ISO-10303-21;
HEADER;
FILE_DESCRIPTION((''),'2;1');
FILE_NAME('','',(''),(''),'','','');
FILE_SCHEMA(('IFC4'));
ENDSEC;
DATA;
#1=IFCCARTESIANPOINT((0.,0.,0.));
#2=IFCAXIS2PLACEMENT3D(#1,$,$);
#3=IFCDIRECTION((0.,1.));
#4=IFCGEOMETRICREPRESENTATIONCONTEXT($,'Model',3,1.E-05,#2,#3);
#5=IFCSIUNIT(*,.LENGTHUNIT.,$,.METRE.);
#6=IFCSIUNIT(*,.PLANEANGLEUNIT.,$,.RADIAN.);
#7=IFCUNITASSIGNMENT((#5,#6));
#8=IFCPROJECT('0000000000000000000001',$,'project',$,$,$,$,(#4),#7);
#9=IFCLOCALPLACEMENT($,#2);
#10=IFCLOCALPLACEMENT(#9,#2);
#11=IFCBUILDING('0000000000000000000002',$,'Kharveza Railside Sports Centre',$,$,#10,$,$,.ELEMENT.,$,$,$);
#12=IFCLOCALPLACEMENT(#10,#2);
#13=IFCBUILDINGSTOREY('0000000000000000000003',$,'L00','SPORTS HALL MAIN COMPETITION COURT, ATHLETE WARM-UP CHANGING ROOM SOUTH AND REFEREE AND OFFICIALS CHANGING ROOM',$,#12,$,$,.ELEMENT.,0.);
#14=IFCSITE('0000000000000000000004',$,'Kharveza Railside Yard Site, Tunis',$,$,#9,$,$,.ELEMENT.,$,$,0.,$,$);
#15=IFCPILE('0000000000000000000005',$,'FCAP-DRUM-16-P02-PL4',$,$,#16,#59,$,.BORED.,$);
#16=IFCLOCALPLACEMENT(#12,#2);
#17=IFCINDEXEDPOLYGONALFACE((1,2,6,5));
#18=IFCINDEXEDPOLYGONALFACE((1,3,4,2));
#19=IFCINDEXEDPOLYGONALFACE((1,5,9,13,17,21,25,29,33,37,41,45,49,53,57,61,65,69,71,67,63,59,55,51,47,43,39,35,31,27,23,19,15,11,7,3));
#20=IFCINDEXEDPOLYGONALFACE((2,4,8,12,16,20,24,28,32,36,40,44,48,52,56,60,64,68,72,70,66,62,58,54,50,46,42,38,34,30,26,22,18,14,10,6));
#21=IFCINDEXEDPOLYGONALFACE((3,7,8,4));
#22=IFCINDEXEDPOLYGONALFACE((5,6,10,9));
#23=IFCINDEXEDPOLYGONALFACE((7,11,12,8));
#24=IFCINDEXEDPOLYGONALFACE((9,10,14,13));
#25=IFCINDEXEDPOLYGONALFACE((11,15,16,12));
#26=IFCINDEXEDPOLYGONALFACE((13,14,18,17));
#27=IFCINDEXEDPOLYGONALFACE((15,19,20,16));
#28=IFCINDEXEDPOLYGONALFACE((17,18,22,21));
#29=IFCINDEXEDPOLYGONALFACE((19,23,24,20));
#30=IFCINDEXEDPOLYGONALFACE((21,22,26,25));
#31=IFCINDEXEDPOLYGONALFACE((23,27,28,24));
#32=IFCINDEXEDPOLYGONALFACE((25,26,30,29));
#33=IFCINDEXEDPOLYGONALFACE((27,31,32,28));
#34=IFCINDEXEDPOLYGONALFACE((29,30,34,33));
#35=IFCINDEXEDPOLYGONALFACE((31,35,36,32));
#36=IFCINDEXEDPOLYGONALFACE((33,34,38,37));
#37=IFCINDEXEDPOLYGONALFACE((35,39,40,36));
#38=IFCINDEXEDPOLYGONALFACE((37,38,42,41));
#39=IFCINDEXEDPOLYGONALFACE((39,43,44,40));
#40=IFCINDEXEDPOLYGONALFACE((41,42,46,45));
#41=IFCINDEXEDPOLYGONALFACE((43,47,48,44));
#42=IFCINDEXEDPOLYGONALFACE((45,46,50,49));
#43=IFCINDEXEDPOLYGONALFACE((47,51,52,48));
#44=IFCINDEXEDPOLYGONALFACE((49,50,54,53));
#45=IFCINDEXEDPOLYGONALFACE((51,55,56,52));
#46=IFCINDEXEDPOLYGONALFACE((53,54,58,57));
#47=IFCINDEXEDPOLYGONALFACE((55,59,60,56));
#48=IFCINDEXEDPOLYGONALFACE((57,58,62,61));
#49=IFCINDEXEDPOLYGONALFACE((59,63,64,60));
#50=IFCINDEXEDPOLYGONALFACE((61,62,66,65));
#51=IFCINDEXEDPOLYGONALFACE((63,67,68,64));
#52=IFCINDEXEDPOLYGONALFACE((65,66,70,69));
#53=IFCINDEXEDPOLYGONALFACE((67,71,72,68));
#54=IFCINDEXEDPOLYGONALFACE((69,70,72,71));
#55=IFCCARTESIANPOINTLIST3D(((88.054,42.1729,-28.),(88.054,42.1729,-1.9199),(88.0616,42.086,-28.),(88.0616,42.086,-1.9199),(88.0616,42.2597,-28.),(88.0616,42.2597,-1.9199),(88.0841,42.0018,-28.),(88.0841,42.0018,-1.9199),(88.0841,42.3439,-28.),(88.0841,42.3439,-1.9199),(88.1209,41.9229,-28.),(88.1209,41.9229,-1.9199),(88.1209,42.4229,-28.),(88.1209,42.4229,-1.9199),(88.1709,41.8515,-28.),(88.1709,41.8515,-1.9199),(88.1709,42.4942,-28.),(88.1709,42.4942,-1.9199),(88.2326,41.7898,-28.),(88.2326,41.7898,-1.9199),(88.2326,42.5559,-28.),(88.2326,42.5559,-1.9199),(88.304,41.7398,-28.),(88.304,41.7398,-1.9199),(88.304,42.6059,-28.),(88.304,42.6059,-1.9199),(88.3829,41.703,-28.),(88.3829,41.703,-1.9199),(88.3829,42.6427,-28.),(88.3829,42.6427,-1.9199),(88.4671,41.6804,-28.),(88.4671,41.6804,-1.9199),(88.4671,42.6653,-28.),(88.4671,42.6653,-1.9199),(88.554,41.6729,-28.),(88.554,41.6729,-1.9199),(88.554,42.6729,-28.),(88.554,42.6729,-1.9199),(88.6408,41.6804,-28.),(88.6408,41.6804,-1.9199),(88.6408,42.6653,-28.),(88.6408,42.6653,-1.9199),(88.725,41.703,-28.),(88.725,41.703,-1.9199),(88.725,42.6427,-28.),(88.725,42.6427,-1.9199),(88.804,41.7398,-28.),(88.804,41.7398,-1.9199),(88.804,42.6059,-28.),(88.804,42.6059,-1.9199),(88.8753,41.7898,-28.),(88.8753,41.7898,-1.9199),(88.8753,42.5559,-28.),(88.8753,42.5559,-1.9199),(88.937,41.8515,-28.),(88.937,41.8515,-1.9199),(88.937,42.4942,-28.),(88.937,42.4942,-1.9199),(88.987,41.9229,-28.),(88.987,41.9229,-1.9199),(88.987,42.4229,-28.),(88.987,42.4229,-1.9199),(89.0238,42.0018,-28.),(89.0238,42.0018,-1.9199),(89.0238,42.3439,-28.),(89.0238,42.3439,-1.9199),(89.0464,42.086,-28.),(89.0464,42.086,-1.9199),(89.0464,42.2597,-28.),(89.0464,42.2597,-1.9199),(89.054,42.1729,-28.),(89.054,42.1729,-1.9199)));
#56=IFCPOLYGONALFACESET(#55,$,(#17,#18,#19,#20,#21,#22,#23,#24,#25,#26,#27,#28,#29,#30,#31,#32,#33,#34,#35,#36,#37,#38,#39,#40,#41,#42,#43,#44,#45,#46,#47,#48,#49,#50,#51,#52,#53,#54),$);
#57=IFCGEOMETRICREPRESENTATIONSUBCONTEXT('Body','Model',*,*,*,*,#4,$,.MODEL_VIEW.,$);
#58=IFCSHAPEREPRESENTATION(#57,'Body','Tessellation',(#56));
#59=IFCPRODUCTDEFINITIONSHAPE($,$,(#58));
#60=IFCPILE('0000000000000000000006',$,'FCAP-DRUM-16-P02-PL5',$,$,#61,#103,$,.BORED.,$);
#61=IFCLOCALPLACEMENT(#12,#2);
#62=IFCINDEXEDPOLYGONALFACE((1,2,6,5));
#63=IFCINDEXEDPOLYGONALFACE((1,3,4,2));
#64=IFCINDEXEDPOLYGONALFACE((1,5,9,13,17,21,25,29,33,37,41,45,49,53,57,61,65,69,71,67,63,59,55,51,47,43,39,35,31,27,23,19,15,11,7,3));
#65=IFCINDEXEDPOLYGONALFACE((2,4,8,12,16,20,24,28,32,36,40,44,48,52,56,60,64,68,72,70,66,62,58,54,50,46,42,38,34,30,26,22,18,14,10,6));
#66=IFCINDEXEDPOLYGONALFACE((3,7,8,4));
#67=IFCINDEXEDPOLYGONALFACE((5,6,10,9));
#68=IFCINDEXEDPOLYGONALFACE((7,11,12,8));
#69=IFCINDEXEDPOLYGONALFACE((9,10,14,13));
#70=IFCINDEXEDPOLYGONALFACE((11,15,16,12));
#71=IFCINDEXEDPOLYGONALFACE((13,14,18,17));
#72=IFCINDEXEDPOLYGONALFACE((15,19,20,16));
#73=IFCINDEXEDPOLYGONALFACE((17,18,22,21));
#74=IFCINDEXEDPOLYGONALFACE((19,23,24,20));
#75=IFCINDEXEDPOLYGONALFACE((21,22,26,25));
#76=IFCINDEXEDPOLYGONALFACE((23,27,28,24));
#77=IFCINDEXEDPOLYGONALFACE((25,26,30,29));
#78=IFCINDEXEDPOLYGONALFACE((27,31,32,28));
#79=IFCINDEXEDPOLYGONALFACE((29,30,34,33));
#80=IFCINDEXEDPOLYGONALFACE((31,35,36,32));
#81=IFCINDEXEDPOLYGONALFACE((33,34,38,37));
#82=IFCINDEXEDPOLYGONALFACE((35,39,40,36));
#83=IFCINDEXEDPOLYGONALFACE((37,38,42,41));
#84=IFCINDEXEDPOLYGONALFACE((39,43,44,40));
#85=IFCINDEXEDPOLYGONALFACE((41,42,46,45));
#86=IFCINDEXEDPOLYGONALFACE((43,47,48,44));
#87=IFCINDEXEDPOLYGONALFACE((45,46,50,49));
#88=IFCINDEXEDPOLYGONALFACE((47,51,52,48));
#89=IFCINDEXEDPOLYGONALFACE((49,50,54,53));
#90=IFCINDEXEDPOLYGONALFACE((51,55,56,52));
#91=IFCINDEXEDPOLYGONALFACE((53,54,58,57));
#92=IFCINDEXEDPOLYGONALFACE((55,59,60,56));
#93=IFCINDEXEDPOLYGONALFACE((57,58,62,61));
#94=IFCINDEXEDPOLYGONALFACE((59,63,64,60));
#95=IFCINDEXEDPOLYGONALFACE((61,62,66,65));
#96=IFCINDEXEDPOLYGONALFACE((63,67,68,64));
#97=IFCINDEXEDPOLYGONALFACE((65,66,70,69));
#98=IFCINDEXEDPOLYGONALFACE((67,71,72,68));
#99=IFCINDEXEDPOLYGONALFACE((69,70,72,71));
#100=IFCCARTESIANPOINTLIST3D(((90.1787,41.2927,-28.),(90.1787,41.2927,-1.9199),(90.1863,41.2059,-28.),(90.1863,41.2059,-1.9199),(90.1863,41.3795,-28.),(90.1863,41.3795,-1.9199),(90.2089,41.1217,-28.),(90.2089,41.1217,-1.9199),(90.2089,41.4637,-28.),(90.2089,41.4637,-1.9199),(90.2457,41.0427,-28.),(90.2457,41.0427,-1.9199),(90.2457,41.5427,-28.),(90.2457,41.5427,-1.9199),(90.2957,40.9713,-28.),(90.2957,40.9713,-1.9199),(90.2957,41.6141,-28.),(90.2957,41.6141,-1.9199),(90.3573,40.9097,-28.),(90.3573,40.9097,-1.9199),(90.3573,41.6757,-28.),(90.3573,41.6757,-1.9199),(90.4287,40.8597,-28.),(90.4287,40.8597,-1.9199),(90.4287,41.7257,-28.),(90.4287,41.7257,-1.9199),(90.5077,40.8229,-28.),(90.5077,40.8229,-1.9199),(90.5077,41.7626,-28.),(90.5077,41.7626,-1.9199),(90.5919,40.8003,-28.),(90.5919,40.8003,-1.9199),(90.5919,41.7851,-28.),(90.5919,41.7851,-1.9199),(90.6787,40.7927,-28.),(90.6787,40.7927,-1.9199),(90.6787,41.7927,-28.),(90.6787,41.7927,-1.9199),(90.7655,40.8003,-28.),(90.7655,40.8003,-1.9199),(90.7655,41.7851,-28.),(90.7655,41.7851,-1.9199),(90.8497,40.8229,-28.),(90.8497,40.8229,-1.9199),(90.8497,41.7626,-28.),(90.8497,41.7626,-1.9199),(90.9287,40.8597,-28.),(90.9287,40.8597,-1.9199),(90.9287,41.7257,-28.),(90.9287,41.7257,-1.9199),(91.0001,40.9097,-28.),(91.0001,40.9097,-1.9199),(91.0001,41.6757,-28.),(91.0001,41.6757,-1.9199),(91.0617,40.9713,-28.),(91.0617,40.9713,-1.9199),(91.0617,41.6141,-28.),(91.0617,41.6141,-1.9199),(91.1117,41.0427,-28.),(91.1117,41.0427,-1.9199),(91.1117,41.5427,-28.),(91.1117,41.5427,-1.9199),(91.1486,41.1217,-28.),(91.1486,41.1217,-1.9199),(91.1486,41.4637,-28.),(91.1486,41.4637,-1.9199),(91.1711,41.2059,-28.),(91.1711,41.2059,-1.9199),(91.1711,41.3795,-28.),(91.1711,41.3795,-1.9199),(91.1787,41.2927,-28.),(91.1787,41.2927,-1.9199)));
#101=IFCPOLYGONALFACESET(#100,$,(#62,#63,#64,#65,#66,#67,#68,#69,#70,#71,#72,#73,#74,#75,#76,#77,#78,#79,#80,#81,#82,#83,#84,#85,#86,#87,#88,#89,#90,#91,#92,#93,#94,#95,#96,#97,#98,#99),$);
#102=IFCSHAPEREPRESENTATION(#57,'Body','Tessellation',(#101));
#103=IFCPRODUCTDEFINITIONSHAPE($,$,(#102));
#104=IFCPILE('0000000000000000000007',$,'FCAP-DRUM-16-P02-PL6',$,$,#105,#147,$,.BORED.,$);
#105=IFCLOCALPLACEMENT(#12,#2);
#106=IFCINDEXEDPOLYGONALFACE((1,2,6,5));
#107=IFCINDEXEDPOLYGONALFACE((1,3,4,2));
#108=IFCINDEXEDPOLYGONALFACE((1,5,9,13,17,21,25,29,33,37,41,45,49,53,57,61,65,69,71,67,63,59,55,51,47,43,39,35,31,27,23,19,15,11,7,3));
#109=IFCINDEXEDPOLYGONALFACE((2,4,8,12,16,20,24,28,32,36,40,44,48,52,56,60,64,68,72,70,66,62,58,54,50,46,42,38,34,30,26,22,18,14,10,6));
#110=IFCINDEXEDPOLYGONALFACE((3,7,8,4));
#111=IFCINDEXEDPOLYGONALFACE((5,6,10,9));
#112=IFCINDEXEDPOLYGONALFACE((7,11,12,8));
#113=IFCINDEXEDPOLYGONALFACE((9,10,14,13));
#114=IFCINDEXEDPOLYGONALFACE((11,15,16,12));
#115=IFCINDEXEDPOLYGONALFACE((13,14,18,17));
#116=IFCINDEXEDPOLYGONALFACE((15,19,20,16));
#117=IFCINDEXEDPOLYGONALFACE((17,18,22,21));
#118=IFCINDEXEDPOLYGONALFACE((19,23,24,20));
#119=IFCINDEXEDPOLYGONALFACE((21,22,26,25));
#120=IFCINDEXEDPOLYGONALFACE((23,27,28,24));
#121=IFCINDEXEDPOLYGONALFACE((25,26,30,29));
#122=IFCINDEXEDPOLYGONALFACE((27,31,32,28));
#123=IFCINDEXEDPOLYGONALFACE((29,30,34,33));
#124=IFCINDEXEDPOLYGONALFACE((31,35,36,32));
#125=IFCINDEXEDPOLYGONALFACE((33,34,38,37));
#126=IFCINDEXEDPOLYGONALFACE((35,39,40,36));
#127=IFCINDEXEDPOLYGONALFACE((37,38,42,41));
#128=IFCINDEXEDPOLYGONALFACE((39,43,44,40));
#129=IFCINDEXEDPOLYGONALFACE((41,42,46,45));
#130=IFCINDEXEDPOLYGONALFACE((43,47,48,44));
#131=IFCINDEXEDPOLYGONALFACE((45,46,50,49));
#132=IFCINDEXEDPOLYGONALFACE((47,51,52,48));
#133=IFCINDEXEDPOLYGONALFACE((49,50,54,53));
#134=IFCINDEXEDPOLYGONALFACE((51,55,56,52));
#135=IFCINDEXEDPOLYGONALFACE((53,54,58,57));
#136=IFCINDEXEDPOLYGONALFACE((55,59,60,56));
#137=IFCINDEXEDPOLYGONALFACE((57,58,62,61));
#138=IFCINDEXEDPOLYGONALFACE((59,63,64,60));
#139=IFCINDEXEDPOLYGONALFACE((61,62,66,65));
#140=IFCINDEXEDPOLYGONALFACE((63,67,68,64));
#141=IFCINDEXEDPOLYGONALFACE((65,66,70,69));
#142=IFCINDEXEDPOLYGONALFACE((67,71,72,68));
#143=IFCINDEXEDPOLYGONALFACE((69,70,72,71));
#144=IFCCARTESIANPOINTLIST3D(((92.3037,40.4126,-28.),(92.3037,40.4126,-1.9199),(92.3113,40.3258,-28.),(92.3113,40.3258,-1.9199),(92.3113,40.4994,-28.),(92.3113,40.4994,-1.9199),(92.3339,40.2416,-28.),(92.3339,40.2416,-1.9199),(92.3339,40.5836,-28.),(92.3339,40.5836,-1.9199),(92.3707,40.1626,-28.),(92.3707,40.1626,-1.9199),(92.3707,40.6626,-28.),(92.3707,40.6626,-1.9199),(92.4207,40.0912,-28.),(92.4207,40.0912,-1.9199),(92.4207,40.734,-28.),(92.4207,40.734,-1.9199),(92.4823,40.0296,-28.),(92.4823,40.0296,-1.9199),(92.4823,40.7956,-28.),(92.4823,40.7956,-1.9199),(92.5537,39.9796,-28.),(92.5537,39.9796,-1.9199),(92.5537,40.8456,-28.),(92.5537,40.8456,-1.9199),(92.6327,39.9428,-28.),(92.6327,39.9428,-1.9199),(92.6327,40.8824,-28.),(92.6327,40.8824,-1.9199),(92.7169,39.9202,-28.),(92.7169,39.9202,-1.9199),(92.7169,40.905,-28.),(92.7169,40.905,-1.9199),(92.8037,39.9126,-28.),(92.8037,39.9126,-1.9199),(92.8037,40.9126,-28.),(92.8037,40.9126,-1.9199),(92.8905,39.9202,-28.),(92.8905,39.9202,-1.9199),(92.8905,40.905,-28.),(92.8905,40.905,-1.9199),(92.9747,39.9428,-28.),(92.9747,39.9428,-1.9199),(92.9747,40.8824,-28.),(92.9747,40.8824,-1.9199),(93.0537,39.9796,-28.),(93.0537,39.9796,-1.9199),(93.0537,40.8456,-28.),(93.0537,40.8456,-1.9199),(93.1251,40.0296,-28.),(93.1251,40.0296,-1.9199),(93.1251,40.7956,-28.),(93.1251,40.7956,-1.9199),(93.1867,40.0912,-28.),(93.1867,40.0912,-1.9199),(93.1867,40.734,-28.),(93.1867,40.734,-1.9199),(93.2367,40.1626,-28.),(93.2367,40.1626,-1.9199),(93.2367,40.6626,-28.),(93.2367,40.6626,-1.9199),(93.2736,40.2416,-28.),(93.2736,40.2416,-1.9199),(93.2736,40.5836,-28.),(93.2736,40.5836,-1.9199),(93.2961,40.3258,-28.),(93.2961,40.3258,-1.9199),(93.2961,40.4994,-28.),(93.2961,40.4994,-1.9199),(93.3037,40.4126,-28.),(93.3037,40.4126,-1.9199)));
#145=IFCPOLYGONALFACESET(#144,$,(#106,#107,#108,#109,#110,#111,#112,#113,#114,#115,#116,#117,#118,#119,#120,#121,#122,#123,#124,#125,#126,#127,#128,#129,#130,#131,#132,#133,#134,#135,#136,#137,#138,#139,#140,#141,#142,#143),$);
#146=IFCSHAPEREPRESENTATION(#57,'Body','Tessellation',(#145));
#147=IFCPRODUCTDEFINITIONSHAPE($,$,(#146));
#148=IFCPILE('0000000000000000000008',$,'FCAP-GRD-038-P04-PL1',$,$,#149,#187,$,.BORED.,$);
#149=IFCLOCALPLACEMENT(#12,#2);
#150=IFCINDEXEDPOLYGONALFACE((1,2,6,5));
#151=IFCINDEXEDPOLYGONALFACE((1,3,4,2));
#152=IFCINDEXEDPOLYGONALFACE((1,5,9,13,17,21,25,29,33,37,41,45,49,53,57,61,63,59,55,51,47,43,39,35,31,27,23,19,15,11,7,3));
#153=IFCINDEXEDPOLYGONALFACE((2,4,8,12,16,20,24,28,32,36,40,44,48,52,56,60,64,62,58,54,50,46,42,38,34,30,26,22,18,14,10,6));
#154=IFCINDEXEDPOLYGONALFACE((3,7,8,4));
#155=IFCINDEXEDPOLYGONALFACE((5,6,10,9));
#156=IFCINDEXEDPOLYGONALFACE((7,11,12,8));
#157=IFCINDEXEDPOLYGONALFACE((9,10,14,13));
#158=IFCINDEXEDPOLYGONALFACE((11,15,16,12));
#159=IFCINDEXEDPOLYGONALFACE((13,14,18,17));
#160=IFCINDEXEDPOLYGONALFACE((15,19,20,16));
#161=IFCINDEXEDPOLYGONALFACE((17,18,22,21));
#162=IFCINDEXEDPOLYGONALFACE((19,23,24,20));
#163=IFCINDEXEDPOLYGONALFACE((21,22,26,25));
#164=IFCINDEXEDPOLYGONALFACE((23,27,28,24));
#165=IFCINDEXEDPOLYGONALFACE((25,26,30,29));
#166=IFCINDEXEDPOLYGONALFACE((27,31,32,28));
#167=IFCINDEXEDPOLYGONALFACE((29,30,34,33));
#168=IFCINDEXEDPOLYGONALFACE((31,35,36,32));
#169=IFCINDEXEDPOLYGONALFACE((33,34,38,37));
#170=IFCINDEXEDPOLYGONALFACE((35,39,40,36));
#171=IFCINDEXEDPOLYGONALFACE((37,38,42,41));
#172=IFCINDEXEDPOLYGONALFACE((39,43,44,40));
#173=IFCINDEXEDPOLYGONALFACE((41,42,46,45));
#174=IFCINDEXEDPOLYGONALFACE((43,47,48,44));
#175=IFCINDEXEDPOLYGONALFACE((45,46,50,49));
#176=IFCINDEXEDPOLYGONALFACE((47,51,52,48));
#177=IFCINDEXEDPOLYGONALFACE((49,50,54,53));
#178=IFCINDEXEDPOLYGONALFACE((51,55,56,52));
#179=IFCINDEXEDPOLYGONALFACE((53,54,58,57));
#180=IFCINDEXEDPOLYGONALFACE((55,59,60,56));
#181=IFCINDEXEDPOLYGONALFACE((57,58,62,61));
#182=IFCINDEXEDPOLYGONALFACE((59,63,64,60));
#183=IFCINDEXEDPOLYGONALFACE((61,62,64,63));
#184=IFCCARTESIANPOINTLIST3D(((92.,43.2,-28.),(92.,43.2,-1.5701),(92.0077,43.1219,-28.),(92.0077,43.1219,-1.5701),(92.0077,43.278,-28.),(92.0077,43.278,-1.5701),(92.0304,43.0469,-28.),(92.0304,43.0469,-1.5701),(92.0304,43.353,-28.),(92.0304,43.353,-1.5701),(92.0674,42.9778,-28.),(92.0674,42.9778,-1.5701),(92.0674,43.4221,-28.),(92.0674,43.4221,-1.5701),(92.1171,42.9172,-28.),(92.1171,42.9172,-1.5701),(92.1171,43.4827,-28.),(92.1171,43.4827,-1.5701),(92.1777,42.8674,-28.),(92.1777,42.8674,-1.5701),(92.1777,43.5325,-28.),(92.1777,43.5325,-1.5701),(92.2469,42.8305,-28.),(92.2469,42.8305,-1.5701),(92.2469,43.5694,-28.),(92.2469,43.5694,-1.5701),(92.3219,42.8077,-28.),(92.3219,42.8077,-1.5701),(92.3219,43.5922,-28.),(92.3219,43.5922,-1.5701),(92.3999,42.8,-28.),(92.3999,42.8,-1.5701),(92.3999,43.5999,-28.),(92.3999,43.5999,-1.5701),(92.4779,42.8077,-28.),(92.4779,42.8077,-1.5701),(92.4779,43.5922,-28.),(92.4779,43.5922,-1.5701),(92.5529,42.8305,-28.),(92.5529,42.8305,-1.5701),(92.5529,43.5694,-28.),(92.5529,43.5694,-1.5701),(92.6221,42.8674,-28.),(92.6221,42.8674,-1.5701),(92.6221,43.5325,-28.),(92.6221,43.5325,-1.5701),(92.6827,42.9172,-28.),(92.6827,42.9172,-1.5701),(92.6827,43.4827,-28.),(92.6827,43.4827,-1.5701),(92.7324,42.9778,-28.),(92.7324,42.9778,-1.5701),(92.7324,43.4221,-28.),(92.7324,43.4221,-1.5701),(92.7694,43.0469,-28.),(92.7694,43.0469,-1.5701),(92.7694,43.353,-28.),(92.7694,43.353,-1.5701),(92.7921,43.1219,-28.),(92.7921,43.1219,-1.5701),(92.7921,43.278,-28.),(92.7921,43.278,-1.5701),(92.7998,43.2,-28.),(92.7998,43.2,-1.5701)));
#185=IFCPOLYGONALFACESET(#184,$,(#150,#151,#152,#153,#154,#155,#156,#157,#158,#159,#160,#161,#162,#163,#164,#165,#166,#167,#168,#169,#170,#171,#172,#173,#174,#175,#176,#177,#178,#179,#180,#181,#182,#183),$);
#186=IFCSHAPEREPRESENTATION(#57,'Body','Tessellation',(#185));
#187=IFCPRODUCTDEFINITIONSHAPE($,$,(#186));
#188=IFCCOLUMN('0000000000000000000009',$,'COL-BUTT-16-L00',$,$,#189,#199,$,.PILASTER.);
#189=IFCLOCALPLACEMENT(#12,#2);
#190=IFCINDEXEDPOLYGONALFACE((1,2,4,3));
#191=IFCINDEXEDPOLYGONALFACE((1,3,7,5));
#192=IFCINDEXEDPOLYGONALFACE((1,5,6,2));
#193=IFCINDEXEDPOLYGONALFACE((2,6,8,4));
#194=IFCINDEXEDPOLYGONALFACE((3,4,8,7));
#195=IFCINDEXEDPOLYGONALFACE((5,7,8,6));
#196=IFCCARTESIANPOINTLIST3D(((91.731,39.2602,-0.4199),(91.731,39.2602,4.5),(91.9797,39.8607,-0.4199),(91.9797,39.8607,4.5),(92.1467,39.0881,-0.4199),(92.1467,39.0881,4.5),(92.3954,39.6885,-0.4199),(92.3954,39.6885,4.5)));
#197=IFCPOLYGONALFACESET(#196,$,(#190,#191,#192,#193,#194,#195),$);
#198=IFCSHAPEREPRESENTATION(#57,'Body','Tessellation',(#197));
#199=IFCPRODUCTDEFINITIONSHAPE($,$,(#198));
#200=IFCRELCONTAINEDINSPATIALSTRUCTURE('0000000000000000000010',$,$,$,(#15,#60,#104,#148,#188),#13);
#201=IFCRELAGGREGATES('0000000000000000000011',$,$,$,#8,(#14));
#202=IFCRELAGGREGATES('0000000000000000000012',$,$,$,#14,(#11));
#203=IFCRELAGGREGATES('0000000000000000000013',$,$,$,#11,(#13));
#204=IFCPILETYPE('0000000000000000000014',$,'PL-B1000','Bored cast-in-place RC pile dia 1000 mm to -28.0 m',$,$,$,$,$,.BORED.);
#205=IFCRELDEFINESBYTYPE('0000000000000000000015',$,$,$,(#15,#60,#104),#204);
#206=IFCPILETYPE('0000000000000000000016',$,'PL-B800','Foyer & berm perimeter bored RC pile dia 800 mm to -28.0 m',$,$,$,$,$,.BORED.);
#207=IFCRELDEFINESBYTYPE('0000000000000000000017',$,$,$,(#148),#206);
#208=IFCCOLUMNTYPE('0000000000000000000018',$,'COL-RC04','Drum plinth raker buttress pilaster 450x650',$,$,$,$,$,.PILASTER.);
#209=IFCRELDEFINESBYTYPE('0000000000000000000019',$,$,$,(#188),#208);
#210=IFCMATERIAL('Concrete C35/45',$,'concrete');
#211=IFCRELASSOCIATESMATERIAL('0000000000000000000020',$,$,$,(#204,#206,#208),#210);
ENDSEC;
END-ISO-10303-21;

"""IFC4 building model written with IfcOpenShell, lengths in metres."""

from ifc_helpers import new_model, si_unit, direction, frame, origin, origin_2d, place, context, subcontext, project, spatial, rectangle, circle, extrude, material, material_profile, profile_set, type_object, element, save


model = new_model("IFC4")

# Units and contexts
model_context = context("Model", 3, precision=1e-05, world=origin(), true_north=direction((0.0, 1.0)))
body_context = subcontext(model_context, "Body", "Model", "MODEL_VIEW")
ifc_project = project(units=[si_unit("LENGTHUNIT", "METRE"), si_unit("PLANEANGLEUNIT", "RADIAN")], contexts=[model_context])

# Site, building, storey
site_placement = place(None, origin())
site = spatial("IfcSite", under=ifc_project, at=site_placement, Name="Kharveza Railside Yard Site, Tunis", CompositionType="ELEMENT", RefElevation=0.0)
building_placement = place(site_placement, origin())
building = spatial("IfcBuilding", under=site, at=building_placement, Name="Kharveza Railside Sports Centre", CompositionType="ELEMENT")
storey_placement = place(building_placement, origin())
storey = spatial("IfcBuildingStorey", under=building, at=storey_placement, Name="L00", Description="SPORTS HALL MAIN COMPETITION COURT, ATHLETE WARM-UP CHANGING ROOM SOUTH AND REFEREE AND OFFICIALS CHANGING ROOM", CompositionType="ELEMENT", Elevation=0.0)

# Shared definitions
ifc_material_1 = material(Name="Concrete C35/45", Category="concrete")

# Piles
ifc_material_profile_1 = material_profile(ifc_material_1, circle(Radius=0.5, at=origin_2d()), Name="PILE D1000")
ifc_profile_set_1 = profile_set([ifc_material_profile_1], Name="Concrete C35/45")
pile_type_1 = type_object("IfcPileType", Name="PL-B1000", Description="Bored cast-in-place RC pile dia 1000 mm to -28.0 m", PredefinedType="BORED", material=ifc_profile_set_1)
for number, where, z_axis, x_axis, name in (
    (1, (88.554, 42.1729, -1.9199), (0.0, 0.0, -1.0), (1.0, 0.0, 0.0), "FCAP-DRUM-16-P02-PL4"),
    (2, (90.6787, 41.2927, -1.9199), (0.0, 0.0, -1.0), (1.0, 0.0, 0.0), "FCAP-DRUM-16-P02-PL5"),
    (3, (92.8037, 40.4126, -1.9199), (0.0, 0.0, -1.0), (1.0, 0.0, 0.0), "FCAP-DRUM-16-P02-PL6"),
):
    element("IfcPile", number, at=place(storey_placement, frame(where, z_axis=z_axis, x_axis=x_axis)), inside=storey, type_object=pile_type_1, Name=name, PredefinedType="BORED", context=body_context, shape_type="SweptSolid", body=[
        extrude(circle(Radius=0.5, at=origin_2d()), origin(), (0.0, 0.0, 1.0), 26.0801),
    ])
ifc_material_profile_2 = material_profile(ifc_material_1, circle(Radius=0.3999, at=origin_2d()), Name="PILE D800")
ifc_profile_set_2 = profile_set([ifc_material_profile_2], Name="Concrete C35/45")
pile_type_2 = type_object("IfcPileType", Name="PL-B800", Description="Foyer & berm perimeter bored RC pile dia 800 mm to -28.0 m", PredefinedType="BORED", material=ifc_profile_set_2)
pile_placement = place(storey_placement, frame((92.3999, 43.2, -1.5701), z_axis=(0.0, 0.0, -1.0), x_axis=(1.0, 0.0, 0.0)))
element("IfcPile", 4, at=pile_placement, inside=storey, type_object=pile_type_2, Name="FCAP-GRD-038-P04-PL1", PredefinedType="BORED", context=body_context, shape_type="SweptSolid", body=[
    extrude(circle(Radius=0.3999, at=origin_2d()), origin(), (0.0, 0.0, 1.0), 26.4299),
])

# Column
ifc_material_profile_3 = material_profile(ifc_material_1, rectangle(XDim=0.45, YDim=0.6499, at=origin_2d()), Name="RC 450x650")
ifc_profile_set_3 = profile_set([ifc_material_profile_3], Name="Concrete C35/45")
column_type_1 = type_object("IfcColumnType", Name="COL-RC04", Description="Drum plinth raker buttress pilaster 450x650", PredefinedType="PILASTER", material=ifc_profile_set_3)
column_1_placement = place(storey_placement, frame((92.0632, 39.4744, -0.4199), z_axis=(0.0, 0.0, 1.0), x_axis=(0.92388, -0.382683, 0.0)))
element("IfcColumn", 5, at=column_1_placement, inside=storey, type_object=column_type_1, Name="COL-BUTT-16-L00", PredefinedType="PILASTER", context=body_context, shape_type="SweptSolid", body=[
    extrude(rectangle(XDim=0.45, YDim=0.6499, at=origin_2d()), origin(), (0.0, 0.0, 1.0), 4.9199),
])

save(model, "model.ifc")
